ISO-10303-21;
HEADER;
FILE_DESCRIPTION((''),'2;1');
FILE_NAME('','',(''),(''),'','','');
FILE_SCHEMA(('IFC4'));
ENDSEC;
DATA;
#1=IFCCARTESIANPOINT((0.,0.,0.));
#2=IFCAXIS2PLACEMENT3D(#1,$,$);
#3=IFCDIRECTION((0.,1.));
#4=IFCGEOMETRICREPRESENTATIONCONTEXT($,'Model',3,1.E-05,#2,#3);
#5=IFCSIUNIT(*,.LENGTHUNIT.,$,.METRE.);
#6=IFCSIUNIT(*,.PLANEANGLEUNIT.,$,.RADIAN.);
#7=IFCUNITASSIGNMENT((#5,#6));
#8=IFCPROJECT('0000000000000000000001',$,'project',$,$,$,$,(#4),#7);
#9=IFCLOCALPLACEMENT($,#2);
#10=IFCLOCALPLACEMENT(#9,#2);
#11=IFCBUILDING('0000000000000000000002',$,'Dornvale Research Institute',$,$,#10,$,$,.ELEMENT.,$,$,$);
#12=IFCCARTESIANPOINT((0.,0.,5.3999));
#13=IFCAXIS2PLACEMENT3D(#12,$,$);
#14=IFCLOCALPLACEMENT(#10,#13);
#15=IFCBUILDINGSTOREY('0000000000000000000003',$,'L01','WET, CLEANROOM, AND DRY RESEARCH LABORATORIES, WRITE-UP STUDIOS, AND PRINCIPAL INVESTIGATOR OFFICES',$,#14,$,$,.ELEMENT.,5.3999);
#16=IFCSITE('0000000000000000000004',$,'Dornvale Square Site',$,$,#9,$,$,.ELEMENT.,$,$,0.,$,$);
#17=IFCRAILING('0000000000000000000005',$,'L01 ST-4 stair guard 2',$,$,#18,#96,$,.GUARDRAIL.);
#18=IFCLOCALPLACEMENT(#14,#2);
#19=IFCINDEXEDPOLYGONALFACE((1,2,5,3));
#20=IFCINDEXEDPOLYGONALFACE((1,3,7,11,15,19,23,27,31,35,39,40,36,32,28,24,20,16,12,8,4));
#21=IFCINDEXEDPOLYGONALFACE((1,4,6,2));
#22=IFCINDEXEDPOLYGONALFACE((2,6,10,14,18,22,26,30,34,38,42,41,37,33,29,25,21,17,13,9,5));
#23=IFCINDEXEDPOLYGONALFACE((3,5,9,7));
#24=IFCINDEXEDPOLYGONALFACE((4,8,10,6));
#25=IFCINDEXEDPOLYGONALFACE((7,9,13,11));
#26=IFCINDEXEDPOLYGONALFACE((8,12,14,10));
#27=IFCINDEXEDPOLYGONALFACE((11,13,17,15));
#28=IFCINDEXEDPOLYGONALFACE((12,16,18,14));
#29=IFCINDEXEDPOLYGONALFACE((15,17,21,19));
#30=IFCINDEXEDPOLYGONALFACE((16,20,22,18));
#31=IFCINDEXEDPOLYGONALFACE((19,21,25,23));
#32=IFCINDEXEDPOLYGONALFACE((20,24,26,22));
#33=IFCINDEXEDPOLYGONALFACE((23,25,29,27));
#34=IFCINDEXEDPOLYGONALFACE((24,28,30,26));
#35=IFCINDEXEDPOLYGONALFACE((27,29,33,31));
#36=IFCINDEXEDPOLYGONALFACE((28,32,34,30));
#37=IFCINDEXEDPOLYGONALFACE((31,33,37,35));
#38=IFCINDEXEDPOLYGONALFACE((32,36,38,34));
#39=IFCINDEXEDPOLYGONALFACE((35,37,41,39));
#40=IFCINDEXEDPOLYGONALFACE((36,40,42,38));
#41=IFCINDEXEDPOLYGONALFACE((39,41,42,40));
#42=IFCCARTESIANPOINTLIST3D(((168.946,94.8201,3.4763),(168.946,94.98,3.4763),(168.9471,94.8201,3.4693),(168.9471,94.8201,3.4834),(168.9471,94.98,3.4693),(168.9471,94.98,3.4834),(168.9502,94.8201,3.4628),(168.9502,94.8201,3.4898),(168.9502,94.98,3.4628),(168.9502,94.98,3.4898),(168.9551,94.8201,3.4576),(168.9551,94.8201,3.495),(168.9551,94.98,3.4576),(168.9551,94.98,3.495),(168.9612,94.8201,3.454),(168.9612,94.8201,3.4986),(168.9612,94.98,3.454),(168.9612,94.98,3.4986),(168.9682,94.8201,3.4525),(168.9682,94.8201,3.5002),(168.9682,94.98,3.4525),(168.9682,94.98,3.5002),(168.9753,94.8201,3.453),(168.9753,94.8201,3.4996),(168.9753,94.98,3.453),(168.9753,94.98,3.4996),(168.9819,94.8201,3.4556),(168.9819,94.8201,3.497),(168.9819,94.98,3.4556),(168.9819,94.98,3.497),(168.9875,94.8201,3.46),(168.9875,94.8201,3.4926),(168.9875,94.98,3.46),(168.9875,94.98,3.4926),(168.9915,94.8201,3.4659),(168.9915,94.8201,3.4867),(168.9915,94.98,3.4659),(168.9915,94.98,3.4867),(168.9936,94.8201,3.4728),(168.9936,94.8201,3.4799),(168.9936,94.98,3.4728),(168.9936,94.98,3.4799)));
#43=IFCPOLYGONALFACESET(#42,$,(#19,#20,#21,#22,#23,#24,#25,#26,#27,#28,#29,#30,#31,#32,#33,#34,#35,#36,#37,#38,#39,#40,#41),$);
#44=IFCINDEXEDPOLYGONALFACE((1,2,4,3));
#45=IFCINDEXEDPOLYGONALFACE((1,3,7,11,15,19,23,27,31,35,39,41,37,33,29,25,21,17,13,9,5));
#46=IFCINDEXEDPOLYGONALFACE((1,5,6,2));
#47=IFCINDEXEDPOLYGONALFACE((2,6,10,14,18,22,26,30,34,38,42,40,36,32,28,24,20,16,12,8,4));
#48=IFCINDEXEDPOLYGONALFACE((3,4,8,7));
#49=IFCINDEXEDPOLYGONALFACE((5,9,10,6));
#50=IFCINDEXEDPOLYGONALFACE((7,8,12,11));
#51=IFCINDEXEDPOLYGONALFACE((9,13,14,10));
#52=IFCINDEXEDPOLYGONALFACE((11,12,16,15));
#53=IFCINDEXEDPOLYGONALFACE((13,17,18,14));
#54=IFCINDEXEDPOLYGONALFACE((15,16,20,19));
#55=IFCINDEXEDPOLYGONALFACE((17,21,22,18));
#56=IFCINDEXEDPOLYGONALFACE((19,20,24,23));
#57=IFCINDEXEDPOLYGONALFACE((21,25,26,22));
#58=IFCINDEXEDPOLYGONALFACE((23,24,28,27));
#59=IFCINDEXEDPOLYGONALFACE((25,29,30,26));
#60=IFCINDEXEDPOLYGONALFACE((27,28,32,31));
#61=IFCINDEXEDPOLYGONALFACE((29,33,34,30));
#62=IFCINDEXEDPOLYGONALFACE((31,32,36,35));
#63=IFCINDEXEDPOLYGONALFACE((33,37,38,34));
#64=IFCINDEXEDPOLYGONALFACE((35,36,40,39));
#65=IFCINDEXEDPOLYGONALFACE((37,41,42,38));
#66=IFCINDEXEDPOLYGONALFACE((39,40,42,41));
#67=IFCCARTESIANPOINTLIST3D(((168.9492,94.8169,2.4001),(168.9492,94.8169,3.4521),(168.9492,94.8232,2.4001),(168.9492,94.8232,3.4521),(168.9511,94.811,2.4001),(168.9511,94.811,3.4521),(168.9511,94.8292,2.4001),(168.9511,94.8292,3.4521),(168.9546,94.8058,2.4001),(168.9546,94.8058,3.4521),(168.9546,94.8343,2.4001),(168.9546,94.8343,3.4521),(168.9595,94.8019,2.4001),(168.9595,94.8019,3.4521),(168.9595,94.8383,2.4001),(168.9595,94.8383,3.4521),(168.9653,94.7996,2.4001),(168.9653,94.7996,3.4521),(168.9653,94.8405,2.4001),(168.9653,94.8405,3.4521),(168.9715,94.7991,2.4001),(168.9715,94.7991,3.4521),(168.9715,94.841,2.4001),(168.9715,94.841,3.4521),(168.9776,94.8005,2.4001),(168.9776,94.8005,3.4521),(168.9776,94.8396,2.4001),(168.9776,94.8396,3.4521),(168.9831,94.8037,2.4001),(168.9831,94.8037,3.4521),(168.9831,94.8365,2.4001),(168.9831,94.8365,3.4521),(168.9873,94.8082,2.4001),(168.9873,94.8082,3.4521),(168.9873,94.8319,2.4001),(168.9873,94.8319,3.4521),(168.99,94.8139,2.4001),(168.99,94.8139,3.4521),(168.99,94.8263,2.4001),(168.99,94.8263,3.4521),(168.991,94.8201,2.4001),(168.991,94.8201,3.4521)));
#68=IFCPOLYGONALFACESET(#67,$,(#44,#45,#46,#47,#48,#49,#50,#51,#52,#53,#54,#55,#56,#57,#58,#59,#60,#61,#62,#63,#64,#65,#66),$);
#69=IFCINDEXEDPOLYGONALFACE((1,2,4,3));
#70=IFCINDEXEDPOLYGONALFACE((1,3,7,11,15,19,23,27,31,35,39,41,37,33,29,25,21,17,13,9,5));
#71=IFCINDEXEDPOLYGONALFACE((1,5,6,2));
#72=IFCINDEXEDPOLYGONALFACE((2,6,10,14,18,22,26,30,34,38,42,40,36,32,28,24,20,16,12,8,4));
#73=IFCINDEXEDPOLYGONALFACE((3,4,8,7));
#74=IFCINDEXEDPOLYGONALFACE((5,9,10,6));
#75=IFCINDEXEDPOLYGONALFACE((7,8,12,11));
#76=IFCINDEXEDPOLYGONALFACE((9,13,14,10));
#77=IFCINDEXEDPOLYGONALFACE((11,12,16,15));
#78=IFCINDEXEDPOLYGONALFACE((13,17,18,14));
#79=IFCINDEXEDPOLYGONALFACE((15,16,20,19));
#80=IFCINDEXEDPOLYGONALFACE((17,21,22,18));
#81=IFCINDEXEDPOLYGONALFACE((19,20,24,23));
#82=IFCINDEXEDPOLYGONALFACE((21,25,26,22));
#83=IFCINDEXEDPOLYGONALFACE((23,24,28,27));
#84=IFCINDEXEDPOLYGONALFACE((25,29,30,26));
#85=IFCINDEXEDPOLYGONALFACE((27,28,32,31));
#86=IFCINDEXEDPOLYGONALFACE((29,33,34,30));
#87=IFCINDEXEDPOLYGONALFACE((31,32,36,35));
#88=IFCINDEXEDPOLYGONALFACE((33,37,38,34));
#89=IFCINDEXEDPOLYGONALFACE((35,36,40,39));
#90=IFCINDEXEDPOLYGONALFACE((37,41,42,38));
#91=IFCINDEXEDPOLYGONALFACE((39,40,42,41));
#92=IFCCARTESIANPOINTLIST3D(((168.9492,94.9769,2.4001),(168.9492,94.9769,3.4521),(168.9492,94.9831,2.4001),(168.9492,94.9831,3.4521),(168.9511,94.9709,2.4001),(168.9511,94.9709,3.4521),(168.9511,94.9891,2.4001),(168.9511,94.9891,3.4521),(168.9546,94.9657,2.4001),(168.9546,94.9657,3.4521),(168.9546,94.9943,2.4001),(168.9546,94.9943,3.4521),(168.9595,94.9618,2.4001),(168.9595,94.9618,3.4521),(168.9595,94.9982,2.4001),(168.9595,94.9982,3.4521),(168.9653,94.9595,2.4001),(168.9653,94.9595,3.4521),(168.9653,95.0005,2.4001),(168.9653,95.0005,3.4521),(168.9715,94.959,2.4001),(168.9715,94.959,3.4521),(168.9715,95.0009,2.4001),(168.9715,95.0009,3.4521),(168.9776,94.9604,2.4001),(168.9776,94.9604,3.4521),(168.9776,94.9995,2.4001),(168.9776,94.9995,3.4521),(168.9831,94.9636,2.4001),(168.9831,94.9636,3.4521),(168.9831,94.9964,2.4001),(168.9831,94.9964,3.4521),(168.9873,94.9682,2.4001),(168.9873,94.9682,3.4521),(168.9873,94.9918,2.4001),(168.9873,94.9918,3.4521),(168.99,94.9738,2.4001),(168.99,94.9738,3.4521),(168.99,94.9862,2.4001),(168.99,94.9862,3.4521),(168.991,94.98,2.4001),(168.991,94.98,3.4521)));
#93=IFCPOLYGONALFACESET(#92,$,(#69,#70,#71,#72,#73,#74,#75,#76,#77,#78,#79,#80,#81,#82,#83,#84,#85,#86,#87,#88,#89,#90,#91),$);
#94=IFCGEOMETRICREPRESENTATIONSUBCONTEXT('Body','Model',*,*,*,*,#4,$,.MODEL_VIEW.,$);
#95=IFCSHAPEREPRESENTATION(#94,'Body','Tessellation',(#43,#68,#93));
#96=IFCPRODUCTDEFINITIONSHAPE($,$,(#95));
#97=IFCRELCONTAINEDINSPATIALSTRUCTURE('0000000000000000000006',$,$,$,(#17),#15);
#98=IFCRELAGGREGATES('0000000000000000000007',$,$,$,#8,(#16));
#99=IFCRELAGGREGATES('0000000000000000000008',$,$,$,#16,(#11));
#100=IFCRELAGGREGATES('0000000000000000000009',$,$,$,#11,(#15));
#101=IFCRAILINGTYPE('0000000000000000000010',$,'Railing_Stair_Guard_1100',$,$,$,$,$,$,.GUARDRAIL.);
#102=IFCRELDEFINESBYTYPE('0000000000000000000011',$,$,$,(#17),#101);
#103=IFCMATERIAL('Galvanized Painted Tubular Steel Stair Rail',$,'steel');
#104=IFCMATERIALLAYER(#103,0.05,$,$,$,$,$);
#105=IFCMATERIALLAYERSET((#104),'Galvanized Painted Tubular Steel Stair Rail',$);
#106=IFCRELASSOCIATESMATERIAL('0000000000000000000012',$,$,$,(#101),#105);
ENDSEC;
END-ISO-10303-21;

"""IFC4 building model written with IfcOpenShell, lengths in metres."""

from ifc_helpers import new_model, si_unit, direction, frame, origin, origin_2d, place, context, subcontext, project, spatial, circle, extrude, material, layer, layer_set, type_object, element, save


model = new_model("IFC4")

# Units and contexts
model_context = context("Model", 3, precision=1e-05, world=origin(), true_north=direction((0.0, 1.0)))
body_context = subcontext(model_context, "Body", "Model", "MODEL_VIEW")
ifc_project = project(units=[si_unit("LENGTHUNIT", "METRE"), si_unit("PLANEANGLEUNIT", "RADIAN")], contexts=[model_context])

# Site, building, storey
site_placement = place(None, origin())
site = spatial("IfcSite", under=ifc_project, at=site_placement, Name="Dornvale Square Site", CompositionType="ELEMENT", RefElevation=0.0)
building_placement = place(site_placement, origin())
building = spatial("IfcBuilding", under=site, at=building_placement, Name="Dornvale Research Institute", CompositionType="ELEMENT")
storey_placement = place(building_placement, frame((0.0, 0.0, 5.3999)))
storey = spatial("IfcBuildingStorey", under=building, at=storey_placement, Name="L01", Description="WET, CLEANROOM, AND DRY RESEARCH LABORATORIES, WRITE-UP STUDIOS, AND PRINCIPAL INVESTIGATOR OFFICES", CompositionType="ELEMENT", Elevation=5.3999)

# Railing
ifc_material_1 = material(Name="Galvanized Painted Tubular Steel Stair Rail", Category="steel")
ifc_layer_1 = layer(ifc_material_1, 0.05)
ifc_layer_set_1 = layer_set([ifc_layer_1], Name="Galvanized Painted Tubular Steel Stair Rail")
railing_type_1 = type_object("IfcRailingType", Name="Railing_Stair_Guard_1100", PredefinedType="GUARDRAIL", material=ifc_layer_set_1)
railing_1_placement = place(storey_placement, frame((168.97, 94.8201, 2.4001)))
element("IfcRailing", 1, at=railing_1_placement, inside=storey, type_object=railing_type_1, Name="L01 ST-4 stair guard 2", PredefinedType="GUARDRAIL", context=body_context, shape_type="SweptSolid", body=[
    extrude(circle(Radius=0.0239, at=origin_2d()), frame((0.0, 0.0, 1.0762), z_axis=(0.0, 1.0, 0.0), x_axis=(-1.0, 0.0, 0.0)), (0.0, 0.0, 1.0), 0.1599),
    extrude(circle(Radius=0.021, at=origin_2d()), origin(), (0.0, 0.0, 1.0), 1.052),
    extrude(circle(Radius=0.021, at=origin_2d()), frame((0.0, 0.1599, 0.0)), (0.0, 0.0, 1.0), 1.052),
])

save(model, "model.ifc")
